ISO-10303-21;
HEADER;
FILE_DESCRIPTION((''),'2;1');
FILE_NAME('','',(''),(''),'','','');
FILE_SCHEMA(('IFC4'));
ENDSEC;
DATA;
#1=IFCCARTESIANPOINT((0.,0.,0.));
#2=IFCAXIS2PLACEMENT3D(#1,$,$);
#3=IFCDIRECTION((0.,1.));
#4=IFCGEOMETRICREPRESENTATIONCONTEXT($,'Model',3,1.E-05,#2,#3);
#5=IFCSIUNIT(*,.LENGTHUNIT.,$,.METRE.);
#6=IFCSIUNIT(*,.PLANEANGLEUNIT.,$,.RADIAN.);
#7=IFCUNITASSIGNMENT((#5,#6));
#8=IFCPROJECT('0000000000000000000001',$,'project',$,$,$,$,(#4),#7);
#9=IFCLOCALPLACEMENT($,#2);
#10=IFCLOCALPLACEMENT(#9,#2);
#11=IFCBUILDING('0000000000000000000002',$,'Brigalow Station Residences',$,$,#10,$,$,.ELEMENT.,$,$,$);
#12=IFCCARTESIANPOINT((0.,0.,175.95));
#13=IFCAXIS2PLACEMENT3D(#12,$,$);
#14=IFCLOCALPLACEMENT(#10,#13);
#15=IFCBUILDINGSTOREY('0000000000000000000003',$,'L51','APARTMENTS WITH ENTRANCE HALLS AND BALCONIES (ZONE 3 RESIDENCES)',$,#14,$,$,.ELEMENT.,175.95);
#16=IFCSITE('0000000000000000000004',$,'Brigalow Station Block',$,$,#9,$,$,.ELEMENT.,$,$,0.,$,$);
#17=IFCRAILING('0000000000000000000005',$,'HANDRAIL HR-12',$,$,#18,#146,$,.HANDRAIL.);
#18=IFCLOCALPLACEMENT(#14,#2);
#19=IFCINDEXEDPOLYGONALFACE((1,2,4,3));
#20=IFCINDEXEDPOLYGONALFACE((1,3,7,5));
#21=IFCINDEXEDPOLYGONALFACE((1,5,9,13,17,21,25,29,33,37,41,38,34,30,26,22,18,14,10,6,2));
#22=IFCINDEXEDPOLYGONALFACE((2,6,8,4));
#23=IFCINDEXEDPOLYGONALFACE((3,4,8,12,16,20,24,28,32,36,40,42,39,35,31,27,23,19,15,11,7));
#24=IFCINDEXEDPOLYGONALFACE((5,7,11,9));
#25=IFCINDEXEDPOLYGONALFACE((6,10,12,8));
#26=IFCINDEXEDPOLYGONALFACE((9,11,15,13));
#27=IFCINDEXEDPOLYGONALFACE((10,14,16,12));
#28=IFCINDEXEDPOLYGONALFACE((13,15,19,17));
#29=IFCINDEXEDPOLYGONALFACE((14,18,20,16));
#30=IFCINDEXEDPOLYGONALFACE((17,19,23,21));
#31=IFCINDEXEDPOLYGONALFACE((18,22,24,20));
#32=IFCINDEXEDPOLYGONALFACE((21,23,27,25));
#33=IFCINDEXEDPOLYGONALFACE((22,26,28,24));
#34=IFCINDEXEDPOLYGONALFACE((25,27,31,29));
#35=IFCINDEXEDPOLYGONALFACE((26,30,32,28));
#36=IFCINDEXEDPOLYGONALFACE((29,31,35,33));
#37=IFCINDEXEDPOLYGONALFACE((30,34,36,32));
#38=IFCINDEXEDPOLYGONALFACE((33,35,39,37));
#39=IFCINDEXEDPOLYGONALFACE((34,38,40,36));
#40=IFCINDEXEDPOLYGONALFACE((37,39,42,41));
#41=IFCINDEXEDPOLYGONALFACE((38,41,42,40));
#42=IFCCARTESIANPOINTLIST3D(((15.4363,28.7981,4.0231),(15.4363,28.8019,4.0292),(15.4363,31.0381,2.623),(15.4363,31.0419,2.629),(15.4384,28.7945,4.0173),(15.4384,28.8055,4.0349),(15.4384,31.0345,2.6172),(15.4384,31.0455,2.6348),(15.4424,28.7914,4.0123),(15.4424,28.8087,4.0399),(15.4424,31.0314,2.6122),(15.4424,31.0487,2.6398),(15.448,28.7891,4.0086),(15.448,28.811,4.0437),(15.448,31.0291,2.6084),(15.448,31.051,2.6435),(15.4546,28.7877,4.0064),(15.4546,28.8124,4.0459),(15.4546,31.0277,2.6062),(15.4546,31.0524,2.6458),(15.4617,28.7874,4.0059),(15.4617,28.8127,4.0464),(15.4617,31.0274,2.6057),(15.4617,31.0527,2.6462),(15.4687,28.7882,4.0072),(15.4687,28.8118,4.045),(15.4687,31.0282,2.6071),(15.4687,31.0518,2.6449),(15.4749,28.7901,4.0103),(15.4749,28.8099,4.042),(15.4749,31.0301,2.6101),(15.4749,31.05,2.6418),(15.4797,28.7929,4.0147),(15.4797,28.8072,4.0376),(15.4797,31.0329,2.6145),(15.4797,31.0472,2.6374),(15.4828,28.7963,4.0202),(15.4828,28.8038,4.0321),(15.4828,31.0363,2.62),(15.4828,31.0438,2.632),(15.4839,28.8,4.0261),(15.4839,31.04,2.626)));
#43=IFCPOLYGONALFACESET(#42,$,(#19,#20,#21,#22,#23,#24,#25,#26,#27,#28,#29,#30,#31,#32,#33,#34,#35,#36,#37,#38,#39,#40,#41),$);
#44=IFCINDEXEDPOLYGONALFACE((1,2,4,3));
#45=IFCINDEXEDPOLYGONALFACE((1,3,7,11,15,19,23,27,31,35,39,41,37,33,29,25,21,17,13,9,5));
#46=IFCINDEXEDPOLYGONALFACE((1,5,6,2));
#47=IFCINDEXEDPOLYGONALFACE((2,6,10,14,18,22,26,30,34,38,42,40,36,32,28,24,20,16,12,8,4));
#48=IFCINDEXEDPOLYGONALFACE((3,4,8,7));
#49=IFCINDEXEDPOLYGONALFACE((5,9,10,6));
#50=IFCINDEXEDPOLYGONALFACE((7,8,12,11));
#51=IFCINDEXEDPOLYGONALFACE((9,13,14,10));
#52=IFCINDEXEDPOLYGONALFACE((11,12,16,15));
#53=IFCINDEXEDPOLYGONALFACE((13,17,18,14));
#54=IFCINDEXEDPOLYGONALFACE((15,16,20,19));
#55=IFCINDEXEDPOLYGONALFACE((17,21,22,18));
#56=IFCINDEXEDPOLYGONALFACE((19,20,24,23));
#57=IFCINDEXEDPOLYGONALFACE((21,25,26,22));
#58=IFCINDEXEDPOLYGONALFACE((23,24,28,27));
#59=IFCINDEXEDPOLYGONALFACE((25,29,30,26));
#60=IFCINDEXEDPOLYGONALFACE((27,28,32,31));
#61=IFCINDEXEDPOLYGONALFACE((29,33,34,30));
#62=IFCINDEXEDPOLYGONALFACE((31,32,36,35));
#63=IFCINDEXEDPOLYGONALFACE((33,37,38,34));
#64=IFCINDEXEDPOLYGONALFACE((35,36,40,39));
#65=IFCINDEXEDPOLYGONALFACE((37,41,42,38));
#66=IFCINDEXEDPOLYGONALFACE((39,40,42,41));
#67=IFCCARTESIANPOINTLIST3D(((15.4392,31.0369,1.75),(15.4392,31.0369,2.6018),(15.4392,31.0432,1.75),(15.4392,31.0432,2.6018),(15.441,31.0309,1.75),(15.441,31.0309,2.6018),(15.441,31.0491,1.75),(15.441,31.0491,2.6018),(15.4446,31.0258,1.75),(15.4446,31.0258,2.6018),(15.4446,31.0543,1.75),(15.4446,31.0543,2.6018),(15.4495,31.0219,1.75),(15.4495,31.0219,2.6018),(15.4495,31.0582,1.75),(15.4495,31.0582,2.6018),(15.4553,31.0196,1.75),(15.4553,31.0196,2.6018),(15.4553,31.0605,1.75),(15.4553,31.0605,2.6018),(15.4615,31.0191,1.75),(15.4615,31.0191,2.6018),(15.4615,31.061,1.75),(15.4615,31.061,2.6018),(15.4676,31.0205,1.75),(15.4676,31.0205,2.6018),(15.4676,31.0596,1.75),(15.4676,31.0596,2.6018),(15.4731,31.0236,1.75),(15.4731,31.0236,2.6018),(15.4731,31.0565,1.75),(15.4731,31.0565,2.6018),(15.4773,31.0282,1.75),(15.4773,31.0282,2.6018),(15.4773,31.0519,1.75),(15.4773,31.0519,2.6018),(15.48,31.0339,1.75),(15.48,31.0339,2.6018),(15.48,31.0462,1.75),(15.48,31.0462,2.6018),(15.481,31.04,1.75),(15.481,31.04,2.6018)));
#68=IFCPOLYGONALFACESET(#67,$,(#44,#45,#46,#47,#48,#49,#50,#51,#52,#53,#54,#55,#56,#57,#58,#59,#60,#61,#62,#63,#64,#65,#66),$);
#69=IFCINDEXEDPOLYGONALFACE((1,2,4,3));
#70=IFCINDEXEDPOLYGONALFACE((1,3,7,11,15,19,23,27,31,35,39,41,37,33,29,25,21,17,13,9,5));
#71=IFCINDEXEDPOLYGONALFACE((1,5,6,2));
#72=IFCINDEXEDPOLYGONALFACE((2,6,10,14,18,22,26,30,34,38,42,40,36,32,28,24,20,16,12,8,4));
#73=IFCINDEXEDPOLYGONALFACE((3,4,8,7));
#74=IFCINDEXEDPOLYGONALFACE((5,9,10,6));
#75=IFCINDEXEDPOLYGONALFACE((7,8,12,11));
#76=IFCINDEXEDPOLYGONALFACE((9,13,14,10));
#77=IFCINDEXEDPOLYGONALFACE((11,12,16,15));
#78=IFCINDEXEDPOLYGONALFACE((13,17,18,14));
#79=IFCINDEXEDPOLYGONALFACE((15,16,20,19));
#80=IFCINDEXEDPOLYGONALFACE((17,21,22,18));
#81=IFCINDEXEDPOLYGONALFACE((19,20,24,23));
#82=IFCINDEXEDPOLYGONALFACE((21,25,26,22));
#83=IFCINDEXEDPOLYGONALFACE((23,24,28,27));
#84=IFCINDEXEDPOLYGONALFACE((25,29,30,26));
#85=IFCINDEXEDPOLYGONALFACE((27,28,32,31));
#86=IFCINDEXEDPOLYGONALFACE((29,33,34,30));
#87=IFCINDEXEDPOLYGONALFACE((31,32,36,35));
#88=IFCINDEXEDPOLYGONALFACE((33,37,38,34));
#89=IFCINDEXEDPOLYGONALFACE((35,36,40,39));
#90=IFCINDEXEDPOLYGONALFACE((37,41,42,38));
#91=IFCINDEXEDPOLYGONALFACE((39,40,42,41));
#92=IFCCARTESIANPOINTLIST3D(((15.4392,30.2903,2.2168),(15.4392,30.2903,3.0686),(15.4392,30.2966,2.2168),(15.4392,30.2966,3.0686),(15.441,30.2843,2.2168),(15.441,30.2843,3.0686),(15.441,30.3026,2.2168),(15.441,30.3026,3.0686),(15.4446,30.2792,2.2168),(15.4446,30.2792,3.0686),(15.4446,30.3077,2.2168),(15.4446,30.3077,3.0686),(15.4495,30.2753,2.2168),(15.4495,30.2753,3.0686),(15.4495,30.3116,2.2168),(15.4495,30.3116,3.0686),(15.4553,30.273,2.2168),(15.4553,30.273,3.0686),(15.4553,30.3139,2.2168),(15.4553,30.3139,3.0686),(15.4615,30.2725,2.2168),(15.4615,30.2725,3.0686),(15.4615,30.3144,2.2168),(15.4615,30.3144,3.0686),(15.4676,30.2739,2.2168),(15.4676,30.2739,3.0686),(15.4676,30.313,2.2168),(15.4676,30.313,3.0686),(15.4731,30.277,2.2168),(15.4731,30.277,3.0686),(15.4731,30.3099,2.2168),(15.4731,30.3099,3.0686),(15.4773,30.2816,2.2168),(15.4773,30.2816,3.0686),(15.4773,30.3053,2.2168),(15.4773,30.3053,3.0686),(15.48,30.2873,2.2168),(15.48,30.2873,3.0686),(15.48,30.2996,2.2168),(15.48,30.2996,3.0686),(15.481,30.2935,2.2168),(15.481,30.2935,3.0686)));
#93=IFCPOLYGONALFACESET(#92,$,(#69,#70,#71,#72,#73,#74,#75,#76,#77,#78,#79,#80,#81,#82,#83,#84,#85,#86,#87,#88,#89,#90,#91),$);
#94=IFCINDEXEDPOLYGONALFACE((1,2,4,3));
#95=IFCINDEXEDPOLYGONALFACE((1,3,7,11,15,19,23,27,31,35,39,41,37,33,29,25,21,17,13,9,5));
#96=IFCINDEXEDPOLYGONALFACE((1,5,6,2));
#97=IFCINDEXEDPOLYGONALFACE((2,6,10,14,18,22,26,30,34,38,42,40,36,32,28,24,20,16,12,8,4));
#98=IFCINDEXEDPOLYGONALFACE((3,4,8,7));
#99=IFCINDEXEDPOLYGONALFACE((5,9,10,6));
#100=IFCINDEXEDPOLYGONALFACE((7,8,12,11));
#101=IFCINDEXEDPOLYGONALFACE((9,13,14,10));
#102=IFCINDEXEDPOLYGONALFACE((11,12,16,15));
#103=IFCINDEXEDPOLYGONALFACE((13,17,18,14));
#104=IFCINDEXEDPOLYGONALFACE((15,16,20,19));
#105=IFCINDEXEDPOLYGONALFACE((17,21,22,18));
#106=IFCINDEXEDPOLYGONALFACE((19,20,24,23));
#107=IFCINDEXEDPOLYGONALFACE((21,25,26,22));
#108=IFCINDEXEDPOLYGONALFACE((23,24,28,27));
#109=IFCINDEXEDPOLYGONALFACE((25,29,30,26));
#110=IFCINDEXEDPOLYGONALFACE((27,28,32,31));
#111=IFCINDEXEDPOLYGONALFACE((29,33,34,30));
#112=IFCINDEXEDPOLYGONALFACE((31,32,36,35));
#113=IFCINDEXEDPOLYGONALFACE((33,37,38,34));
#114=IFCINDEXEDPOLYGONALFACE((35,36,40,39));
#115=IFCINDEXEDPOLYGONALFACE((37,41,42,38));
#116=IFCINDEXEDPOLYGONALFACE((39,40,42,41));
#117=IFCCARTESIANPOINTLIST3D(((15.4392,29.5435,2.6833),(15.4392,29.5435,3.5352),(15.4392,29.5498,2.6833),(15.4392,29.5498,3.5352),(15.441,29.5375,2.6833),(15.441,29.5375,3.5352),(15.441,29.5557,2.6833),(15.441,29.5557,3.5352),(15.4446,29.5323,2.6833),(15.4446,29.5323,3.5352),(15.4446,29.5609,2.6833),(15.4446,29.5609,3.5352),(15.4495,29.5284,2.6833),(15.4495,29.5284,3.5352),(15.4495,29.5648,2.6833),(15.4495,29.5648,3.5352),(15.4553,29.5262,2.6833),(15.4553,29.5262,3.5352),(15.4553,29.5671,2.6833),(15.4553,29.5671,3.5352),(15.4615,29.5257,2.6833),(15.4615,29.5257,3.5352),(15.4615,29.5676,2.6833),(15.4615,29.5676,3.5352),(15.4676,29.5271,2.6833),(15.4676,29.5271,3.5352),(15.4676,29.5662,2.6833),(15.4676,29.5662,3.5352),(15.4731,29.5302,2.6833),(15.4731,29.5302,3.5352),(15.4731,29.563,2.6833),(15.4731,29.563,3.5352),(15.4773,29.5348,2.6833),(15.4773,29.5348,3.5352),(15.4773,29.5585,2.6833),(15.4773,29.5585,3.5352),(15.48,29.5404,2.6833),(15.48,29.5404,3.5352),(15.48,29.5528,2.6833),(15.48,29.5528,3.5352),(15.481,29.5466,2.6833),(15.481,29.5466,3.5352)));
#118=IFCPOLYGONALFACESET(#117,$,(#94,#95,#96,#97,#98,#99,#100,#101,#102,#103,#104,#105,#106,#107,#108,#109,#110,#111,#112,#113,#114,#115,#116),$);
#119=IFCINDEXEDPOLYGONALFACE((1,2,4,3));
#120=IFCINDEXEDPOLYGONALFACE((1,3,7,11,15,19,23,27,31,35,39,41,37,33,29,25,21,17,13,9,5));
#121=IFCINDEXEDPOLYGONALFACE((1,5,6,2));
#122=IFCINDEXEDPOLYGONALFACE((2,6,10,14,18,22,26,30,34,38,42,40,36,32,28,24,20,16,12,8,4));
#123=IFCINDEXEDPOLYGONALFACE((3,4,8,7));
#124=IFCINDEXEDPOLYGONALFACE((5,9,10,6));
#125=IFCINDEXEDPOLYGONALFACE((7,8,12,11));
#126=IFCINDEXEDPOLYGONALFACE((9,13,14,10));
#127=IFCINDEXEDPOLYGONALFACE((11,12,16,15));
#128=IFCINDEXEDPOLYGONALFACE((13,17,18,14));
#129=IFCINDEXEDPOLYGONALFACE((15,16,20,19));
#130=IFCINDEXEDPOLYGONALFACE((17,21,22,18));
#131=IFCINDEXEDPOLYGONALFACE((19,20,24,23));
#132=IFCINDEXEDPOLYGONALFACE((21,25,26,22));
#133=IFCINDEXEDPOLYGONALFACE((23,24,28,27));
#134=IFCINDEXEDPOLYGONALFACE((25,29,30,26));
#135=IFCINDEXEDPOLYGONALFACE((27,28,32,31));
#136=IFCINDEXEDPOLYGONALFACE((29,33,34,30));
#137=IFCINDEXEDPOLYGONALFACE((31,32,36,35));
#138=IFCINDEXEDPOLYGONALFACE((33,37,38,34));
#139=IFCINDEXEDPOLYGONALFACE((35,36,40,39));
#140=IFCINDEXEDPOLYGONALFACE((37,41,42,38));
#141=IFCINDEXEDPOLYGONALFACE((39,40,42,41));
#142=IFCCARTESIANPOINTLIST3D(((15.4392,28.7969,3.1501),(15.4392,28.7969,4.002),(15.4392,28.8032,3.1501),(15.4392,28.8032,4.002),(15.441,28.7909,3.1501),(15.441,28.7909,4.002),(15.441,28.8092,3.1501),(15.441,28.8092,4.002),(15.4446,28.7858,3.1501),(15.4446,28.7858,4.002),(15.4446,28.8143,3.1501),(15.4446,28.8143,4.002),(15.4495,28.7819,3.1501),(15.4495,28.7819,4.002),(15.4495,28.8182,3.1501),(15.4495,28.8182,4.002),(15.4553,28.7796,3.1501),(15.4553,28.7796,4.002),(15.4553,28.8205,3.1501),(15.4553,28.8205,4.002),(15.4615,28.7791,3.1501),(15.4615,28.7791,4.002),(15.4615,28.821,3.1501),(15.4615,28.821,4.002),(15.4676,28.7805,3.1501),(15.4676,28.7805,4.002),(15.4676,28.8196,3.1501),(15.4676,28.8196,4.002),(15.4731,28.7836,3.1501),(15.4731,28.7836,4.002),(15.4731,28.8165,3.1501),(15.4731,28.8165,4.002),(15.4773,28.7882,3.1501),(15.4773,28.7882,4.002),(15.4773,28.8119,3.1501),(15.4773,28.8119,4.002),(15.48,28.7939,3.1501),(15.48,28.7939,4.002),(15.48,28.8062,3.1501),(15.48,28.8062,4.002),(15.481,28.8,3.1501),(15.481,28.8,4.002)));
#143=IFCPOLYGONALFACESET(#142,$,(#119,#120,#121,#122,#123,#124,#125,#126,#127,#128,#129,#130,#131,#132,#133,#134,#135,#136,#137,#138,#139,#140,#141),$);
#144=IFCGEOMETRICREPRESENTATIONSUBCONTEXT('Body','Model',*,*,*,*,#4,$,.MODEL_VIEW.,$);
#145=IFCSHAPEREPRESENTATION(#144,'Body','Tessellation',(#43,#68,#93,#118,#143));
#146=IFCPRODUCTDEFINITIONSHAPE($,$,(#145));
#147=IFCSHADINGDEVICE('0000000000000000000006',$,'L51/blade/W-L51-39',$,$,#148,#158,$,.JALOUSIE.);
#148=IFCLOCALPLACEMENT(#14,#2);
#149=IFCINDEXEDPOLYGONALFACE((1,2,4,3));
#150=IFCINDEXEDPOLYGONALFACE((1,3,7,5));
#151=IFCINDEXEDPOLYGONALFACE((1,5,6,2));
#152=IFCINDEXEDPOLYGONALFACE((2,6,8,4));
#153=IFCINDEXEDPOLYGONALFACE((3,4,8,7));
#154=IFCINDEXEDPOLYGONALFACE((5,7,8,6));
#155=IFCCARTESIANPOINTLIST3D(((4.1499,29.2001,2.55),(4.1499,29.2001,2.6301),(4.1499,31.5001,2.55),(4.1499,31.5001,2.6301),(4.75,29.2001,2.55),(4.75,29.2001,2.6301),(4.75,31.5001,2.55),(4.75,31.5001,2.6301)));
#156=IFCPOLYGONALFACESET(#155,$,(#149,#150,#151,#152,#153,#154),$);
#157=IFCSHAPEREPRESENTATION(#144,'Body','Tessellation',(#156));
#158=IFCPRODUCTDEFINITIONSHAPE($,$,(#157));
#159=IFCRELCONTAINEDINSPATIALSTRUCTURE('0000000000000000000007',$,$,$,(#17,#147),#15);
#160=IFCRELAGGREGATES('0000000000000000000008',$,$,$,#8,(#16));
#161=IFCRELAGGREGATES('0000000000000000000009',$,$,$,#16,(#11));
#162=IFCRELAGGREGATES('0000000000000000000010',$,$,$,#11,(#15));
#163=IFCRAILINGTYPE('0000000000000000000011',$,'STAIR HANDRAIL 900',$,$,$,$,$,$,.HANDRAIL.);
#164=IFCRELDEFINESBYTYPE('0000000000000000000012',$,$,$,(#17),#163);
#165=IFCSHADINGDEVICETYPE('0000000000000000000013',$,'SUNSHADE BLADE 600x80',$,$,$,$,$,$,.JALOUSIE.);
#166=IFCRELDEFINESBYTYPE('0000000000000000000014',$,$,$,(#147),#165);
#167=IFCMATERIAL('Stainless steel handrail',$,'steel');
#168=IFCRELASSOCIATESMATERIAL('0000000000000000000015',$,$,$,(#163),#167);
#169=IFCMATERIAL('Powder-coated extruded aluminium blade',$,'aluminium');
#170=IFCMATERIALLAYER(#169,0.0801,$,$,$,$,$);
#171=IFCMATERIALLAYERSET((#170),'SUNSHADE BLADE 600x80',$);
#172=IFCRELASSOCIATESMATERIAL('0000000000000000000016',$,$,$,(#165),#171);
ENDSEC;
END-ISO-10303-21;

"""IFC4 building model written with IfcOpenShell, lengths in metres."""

from ifc_helpers import new_model, si_unit, direction, frame, origin, origin_2d, place, context, subcontext, project, spatial, rectangle, circle, extrude, material, layer, layer_set, type_object, element, save


model = new_model("IFC4")

# Units and contexts
model_context = context("Model", 3, precision=1e-05, world=origin(), true_north=direction((0.0, 1.0)))
body_context = subcontext(model_context, "Body", "Model", "MODEL_VIEW")
ifc_project = project(units=[si_unit("LENGTHUNIT", "METRE"), si_unit("PLANEANGLEUNIT", "RADIAN")], contexts=[model_context])

# Site, building, storey
site_placement = place(None, origin())
site = spatial("IfcSite", under=ifc_project, at=site_placement, Name="Brigalow Station Block", CompositionType="ELEMENT", RefElevation=0.0)
building_placement = place(site_placement, origin())
building = spatial("IfcBuilding", under=site, at=building_placement, Name="Brigalow Station Residences", CompositionType="ELEMENT")
storey_placement = place(building_placement, frame((0.0, 0.0, 175.95)))
storey = spatial("IfcBuildingStorey", under=building, at=storey_placement, Name="L51", Description="APARTMENTS WITH ENTRANCE HALLS AND BALCONIES (ZONE 3 RESIDENCES)", CompositionType="ELEMENT", Elevation=175.95)

# Railing
ifc_material_1 = material(Name="Stainless steel handrail", Category="steel")
railing_type_1 = type_object("IfcRailingType", Name="STAIR HANDRAIL 900", PredefinedType="HANDRAIL", material=ifc_material_1)
railing_1_placement = place(storey_placement, frame((15.46, 31.04, 1.75)))
element("IfcRailing", 1, at=railing_1_placement, inside=storey, type_object=railing_type_1, Name="HANDRAIL HR-12", PredefinedType="HANDRAIL", context=body_context, shape_type="SweptSolid", body=[
    extrude(circle(Radius=0.0239, at=origin_2d()), frame((0.0, 0.0, 0.876), z_axis=(0.0, -0.847972, 0.53004), x_axis=(1.0, 0.0, 0.0)), (0.0, 0.0, 1.0), 2.6416),
    extrude(circle(Radius=0.021, at=origin_2d()), origin(), (0.0, 0.0, 1.0), 0.8518),
    extrude(circle(Radius=0.021, at=origin_2d()), frame((0.0, -0.7466, 0.4668)), (0.0, 0.0, 1.0), 0.8518),
    extrude(circle(Radius=0.021, at=origin_2d()), frame((0.0, -1.4934, 0.9333)), (0.0, 0.0, 1.0), 0.8518),
    extrude(circle(Radius=0.021, at=origin_2d()), frame((0.0, -2.24, 1.4001)), (0.0, 0.0, 1.0), 0.8518),
])

# Shading device
ifc_material_2 = material(Name="Powder-coated extruded aluminium blade", Category="aluminium")
ifc_layer_1 = layer(ifc_material_2, 0.0801)
ifc_layer_set_1 = layer_set([ifc_layer_1], Name="SUNSHADE BLADE 600x80")
shading_device_type = type_object("IfcShadingDeviceType", Name="SUNSHADE BLADE 600x80", PredefinedType="JALOUSIE", material=ifc_layer_set_1)
shading_device_placement = place(storey_placement, frame((4.45, 30.3501, 2.55), z_axis=(0.0, 0.0, 1.0), x_axis=(0.0, -1.0, 0.0)))
element("IfcShadingDevice", 2, at=shading_device_placement, inside=storey, type_object=shading_device_type, Name="L51/blade/W-L51-39", PredefinedType="JALOUSIE", context=body_context, shape_type="SweptSolid", body=[
    extrude(rectangle(XDim=2.3, YDim=0.6001, at=origin_2d()), origin(), (0.0, 0.0, 1.0), 0.0801),
])

save(model, "model.ifc")
